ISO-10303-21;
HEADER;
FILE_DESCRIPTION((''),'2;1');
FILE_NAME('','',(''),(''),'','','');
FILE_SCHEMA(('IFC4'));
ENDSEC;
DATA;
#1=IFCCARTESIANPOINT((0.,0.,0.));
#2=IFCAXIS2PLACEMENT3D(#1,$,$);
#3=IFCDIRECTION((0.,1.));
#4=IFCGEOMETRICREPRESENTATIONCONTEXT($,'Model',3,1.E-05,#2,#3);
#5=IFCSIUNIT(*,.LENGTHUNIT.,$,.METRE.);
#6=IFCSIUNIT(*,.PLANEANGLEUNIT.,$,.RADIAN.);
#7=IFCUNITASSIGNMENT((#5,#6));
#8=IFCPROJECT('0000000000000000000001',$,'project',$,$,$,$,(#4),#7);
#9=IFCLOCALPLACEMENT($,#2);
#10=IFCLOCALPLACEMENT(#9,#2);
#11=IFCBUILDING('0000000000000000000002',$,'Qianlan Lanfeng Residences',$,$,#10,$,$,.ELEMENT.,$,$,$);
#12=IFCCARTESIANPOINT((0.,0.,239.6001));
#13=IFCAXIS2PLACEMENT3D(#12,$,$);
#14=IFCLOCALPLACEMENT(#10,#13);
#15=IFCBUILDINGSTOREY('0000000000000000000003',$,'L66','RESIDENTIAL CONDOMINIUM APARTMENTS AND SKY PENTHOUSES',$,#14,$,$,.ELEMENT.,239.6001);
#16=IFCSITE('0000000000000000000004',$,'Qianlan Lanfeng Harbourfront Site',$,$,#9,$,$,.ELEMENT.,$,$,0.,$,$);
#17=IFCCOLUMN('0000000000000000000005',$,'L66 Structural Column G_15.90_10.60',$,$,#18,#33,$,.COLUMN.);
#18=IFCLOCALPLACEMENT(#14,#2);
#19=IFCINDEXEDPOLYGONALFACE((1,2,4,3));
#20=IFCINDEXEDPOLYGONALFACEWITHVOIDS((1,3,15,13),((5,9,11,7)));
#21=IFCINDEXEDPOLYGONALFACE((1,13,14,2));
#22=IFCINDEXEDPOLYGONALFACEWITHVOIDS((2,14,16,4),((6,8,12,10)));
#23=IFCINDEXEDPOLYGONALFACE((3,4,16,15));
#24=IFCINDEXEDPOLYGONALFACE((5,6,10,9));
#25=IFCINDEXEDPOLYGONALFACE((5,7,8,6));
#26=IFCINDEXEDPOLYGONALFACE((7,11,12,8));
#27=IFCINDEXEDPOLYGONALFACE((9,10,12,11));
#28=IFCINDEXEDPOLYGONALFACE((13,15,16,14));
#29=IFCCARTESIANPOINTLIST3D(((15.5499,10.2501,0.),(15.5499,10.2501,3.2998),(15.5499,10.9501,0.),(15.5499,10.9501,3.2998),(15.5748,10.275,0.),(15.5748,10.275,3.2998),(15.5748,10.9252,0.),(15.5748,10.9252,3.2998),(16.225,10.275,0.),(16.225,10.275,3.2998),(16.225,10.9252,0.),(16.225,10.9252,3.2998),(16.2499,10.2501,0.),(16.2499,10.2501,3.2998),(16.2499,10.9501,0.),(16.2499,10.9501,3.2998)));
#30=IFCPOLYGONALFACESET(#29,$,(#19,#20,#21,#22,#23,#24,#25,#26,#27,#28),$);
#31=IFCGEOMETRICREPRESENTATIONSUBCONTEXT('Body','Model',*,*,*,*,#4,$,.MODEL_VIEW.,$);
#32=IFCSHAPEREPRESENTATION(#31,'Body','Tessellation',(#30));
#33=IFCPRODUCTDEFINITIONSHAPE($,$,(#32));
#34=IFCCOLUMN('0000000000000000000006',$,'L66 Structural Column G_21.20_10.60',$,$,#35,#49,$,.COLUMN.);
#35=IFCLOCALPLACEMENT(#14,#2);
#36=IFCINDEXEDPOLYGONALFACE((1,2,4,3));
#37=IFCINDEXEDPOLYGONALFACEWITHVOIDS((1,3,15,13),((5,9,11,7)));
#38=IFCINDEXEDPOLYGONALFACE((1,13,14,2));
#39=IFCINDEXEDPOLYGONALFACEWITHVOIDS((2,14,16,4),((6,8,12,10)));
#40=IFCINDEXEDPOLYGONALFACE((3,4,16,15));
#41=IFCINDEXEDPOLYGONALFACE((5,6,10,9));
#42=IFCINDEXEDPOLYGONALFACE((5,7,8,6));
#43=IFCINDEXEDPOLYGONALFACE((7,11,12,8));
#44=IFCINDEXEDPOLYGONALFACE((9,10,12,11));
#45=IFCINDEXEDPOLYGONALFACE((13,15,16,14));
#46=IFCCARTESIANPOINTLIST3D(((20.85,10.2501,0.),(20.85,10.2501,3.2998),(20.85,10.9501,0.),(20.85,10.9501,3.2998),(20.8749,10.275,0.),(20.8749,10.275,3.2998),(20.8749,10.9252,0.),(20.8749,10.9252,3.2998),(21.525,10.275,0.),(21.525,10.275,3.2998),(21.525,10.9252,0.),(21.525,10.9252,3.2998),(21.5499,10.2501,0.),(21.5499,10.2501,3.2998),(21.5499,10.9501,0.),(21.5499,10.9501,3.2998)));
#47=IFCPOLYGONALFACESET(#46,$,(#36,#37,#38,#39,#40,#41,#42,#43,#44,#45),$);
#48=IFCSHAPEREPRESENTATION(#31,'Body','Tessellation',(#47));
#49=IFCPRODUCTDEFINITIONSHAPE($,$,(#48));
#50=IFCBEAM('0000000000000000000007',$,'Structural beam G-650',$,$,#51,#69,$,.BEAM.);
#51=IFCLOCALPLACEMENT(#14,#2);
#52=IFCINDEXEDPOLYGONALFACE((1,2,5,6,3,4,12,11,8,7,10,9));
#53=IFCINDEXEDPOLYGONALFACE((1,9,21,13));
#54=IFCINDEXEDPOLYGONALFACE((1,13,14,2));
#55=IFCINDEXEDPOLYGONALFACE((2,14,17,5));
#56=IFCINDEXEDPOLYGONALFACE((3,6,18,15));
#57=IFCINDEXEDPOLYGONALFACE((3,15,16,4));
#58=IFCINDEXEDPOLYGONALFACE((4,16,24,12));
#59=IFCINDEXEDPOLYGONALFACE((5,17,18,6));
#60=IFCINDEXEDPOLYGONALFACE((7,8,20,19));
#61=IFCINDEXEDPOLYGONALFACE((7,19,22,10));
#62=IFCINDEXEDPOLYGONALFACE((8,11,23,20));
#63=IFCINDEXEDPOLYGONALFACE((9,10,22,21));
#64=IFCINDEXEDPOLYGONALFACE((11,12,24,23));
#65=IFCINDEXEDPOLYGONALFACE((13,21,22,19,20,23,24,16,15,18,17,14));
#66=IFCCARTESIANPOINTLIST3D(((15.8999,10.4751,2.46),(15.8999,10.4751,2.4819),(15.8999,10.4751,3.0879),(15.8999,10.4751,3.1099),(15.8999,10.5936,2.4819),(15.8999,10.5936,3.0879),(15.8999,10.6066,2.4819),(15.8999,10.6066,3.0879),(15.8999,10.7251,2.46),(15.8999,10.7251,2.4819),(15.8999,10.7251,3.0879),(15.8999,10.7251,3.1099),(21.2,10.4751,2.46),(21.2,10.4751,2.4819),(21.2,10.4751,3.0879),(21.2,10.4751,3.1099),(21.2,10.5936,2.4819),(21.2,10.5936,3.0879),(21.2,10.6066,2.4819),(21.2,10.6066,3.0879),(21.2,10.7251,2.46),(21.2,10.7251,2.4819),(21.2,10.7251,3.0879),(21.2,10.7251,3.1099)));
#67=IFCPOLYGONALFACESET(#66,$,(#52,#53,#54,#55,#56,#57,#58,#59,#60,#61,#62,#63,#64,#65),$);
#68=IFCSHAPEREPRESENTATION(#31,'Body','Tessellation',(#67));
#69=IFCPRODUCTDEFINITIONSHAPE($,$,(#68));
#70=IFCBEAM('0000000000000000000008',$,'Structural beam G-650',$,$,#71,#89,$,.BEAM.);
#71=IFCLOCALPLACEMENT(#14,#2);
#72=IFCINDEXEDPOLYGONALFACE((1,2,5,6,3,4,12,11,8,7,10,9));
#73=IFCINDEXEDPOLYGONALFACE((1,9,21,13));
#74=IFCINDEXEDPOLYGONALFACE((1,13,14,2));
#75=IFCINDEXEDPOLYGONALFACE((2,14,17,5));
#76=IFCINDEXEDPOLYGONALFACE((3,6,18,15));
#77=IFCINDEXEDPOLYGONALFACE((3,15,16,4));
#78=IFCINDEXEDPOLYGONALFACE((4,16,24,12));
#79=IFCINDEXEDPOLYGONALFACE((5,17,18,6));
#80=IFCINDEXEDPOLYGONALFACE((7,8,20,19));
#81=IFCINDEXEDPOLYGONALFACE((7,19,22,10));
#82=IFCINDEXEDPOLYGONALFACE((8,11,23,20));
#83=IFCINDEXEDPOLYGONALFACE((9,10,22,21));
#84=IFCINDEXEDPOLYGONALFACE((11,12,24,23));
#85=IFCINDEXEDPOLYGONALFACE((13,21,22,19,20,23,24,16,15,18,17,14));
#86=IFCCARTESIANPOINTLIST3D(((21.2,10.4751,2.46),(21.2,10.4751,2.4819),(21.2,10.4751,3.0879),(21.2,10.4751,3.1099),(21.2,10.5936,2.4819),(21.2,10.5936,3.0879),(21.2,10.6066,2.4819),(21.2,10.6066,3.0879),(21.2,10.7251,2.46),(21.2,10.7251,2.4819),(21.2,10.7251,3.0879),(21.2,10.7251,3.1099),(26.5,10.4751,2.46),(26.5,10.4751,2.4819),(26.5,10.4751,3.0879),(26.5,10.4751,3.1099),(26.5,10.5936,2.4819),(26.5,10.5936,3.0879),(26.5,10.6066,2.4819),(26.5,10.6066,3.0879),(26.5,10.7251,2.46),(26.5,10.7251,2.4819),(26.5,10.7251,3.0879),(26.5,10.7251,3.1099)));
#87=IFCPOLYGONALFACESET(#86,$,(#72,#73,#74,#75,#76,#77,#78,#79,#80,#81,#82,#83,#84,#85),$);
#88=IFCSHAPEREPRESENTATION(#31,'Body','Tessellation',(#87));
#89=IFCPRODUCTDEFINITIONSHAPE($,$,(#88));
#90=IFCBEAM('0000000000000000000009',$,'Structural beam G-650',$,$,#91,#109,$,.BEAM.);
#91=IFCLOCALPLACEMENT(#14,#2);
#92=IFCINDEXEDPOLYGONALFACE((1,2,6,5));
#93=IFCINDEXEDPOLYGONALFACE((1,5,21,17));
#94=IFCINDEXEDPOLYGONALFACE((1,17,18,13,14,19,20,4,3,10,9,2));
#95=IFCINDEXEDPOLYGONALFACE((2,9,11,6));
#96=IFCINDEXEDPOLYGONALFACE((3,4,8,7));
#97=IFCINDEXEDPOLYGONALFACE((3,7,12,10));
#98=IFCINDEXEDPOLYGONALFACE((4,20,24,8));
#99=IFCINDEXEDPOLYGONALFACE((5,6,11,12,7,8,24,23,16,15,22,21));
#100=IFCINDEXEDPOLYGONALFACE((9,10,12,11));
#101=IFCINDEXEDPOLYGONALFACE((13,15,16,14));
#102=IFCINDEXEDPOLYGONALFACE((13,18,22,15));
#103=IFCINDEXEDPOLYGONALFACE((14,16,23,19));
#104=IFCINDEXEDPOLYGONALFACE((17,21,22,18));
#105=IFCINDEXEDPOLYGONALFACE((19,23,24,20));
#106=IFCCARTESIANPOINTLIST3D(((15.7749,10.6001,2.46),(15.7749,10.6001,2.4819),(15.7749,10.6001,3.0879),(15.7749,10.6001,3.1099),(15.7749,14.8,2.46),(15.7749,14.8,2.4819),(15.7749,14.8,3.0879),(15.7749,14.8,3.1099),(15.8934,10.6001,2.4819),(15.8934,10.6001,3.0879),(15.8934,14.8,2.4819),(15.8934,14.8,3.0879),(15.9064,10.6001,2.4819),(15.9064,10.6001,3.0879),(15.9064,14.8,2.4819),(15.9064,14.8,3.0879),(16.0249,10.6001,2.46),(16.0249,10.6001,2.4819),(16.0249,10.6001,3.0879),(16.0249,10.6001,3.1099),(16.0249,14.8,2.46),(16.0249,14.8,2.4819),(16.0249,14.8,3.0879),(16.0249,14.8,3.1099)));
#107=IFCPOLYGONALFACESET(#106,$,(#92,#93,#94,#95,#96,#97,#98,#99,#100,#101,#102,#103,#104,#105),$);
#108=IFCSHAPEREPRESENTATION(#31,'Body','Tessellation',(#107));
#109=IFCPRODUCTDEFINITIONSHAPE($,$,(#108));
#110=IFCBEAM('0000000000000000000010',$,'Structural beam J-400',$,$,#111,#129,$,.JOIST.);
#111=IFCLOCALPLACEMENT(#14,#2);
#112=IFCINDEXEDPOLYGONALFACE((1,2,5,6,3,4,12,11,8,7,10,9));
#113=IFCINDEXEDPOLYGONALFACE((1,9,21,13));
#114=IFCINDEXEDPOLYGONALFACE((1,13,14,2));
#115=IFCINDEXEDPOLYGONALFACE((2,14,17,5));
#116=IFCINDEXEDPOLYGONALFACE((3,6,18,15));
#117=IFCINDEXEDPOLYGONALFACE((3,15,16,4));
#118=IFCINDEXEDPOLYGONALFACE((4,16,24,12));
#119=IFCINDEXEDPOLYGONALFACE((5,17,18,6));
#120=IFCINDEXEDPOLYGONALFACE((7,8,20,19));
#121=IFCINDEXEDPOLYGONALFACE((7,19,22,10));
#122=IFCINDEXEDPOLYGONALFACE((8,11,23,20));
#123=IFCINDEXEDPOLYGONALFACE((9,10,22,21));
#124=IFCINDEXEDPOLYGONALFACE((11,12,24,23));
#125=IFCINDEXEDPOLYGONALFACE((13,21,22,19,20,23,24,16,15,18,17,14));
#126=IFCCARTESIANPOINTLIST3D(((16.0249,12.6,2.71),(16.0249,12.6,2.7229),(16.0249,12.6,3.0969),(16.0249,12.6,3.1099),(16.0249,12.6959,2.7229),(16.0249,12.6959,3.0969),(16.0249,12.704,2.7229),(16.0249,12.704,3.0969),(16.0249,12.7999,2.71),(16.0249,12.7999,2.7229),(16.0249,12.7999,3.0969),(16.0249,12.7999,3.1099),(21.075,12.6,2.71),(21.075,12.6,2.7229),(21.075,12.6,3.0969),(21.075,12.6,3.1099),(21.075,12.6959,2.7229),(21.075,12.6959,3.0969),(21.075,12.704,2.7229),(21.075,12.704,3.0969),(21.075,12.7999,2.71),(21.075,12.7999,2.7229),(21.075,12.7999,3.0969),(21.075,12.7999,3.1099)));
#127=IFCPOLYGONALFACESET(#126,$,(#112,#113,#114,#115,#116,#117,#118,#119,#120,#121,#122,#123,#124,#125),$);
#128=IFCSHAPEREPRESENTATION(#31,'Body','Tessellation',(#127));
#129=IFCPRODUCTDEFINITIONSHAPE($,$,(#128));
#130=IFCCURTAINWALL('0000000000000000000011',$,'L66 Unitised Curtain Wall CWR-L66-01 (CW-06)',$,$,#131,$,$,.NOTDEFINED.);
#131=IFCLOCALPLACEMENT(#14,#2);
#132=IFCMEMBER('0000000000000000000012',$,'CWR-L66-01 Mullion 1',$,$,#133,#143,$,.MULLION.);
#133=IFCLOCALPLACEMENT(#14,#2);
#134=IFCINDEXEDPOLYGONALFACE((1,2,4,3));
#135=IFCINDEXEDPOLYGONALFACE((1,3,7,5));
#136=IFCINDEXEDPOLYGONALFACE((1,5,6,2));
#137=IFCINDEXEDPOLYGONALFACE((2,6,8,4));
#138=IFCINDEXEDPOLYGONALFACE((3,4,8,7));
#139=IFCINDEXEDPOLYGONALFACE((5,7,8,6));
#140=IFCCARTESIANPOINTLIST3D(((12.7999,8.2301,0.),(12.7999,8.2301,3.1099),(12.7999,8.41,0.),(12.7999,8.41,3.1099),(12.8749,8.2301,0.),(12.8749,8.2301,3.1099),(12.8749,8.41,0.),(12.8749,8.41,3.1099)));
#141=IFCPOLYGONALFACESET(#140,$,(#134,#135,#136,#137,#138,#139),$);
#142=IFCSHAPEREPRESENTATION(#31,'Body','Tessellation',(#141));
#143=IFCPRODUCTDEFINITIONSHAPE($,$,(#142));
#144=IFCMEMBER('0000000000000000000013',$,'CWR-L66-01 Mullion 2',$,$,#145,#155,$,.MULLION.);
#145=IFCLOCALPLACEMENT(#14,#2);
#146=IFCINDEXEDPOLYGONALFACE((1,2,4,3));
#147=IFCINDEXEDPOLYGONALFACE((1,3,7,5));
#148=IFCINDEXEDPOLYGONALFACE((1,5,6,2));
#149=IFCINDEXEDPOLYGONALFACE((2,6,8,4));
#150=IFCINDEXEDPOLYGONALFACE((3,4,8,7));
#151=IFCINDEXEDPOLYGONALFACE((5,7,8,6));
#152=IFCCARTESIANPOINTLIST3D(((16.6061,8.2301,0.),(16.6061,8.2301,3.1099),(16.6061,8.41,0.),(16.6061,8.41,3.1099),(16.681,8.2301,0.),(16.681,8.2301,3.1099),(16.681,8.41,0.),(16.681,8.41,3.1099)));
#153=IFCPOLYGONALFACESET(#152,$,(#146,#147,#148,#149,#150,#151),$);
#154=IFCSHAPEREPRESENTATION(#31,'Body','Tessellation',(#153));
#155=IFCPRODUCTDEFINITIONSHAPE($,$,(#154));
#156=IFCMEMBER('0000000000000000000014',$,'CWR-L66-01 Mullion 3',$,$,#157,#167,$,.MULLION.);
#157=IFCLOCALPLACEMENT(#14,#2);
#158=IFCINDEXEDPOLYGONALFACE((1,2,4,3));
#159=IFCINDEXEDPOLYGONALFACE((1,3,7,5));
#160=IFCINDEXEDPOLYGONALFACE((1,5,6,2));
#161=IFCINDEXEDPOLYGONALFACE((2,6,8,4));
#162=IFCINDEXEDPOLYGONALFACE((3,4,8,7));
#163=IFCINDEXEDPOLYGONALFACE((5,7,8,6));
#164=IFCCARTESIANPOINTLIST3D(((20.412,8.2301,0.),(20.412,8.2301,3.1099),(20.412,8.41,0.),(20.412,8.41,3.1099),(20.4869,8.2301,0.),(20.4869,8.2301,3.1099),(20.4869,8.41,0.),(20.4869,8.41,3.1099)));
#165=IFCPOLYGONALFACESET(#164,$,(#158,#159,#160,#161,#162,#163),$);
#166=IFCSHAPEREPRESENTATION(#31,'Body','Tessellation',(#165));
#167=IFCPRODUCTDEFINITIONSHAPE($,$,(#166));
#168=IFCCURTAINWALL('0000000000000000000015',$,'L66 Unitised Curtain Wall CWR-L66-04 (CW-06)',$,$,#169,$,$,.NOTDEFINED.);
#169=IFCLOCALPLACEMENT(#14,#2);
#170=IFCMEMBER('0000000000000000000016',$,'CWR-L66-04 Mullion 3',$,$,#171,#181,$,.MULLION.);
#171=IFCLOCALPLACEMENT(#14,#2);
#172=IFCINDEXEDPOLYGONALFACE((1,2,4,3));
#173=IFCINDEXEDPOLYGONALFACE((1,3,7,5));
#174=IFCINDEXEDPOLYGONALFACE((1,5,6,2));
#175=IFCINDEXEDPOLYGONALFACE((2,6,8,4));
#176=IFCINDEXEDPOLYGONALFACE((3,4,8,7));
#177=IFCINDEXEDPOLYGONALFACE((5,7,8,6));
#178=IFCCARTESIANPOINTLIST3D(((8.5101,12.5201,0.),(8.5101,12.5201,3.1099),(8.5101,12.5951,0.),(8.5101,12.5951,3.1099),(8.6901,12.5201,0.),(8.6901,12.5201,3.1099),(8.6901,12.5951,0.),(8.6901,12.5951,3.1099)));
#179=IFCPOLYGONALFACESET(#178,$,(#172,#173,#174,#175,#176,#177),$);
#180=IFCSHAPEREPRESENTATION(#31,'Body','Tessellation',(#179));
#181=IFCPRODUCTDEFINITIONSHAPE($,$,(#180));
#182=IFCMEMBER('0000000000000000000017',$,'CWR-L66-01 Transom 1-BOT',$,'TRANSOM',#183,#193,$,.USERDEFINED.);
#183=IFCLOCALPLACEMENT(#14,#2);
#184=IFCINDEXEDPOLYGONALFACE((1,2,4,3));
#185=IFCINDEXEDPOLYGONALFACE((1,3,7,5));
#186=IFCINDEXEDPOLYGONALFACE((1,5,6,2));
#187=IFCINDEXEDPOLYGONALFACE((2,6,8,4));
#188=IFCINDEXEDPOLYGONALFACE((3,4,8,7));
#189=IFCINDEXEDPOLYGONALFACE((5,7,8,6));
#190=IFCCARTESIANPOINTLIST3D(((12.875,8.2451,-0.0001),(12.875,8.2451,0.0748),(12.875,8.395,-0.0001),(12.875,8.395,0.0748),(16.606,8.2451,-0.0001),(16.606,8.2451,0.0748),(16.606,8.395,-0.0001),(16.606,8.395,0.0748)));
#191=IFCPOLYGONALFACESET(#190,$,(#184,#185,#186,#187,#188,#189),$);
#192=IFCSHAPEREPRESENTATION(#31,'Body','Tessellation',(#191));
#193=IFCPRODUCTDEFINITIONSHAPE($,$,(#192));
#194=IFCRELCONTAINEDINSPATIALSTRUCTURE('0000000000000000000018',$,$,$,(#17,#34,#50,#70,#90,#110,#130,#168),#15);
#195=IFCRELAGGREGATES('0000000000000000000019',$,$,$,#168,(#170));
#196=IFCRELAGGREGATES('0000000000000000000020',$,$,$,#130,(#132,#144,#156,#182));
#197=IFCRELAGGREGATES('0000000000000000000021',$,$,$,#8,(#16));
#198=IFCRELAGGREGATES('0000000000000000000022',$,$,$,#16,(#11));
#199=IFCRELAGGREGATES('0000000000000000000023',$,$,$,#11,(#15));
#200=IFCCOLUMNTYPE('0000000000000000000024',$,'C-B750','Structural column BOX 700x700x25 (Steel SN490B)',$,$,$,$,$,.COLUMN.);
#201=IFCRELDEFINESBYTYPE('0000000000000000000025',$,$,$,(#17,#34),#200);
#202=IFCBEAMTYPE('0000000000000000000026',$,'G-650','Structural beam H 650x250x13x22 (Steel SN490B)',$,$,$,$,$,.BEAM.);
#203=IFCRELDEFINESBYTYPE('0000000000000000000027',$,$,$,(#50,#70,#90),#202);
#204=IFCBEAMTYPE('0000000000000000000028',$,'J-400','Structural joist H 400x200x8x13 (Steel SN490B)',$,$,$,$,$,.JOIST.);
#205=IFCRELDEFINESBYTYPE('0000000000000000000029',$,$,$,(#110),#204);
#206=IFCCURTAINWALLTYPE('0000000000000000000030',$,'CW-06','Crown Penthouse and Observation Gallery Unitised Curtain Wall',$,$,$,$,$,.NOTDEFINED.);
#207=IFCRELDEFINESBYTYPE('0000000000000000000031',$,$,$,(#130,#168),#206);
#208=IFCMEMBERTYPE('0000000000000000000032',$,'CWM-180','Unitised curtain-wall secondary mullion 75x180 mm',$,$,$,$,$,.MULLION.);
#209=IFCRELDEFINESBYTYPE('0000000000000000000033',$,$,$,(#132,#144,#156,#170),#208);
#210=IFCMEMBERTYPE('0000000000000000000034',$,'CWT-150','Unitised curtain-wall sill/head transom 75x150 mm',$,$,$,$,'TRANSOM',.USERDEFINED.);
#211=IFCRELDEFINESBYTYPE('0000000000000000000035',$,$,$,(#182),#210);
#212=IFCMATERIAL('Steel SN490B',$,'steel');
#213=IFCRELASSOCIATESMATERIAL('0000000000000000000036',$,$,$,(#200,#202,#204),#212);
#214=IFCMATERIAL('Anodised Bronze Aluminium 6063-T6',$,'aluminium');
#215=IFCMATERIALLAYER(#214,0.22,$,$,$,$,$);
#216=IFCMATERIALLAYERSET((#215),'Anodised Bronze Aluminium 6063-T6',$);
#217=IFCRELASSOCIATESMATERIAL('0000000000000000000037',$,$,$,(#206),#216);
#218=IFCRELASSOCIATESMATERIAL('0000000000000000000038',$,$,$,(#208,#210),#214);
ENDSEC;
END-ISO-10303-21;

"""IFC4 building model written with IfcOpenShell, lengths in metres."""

from ifc_helpers import new_model, si_unit, direction, frame, origin, origin_2d, place, context, subcontext, project, spatial, rectangle, hollow_rectangle, i_section, extrude, source, transform, mapped, material, layer, layer_set, material_profile, profile_set, type_object, element, aggregate, save


model = new_model("IFC4")

# Units and contexts
model_context = context("Model", 3, precision=1e-05, world=origin(), true_north=direction((0.0, 1.0)))
body_context = subcontext(model_context, "Body", "Model", "MODEL_VIEW")
ifc_project = project(units=[si_unit("LENGTHUNIT", "METRE"), si_unit("PLANEANGLEUNIT", "RADIAN")], contexts=[model_context])

# Site, building, storey
site_placement = place(None, origin())
site = spatial("IfcSite", under=ifc_project, at=site_placement, Name="Qianlan Lanfeng Harbourfront Site", CompositionType="ELEMENT", RefElevation=0.0)
building_placement = place(site_placement, origin())
building = spatial("IfcBuilding", under=site, at=building_placement, Name="Qianlan Lanfeng Residences", CompositionType="ELEMENT")
storey_placement = place(building_placement, frame((0.0, 0.0, 239.6001)))
storey = spatial("IfcBuildingStorey", under=building, at=storey_placement, Name="L66", Description="RESIDENTIAL CONDOMINIUM APARTMENTS AND SKY PENTHOUSES", CompositionType="ELEMENT", Elevation=239.6001)

# Columns
ifc_material_1 = material(Name="Steel SN490B", Category="steel")
ifc_material_profile_1 = material_profile(ifc_material_1, hollow_rectangle(XDim=0.7, YDim=0.7, WallThickness=0.0249, at=origin_2d()), Name="BOX 700x700x25")
ifc_profile_set_1 = profile_set([ifc_material_profile_1], Name="Steel SN490B")
column_type = type_object("IfcColumnType", Name="C-B750", Description="Structural column BOX 700x700x25 (Steel SN490B)", PredefinedType="COLUMN", material=ifc_profile_set_1)
for number, where, z_axis, x_axis, name in (
    (1, (15.8999, 10.6001, 0.0), (0.0, 0.0, 1.0), (1.0, 0.0, 0.0), "L66 Structural Column G_15.90_10.60"),
    (2, (21.2, 10.6001, 0.0), (0.0, 0.0, 1.0), (1.0, 0.0, 0.0), "L66 Structural Column G_21.20_10.60"),
):
    element("IfcColumn", number, at=place(storey_placement, frame(where, z_axis=z_axis, x_axis=x_axis)), inside=storey, type_object=column_type, Name=name, PredefinedType="COLUMN", context=body_context, shape_type="SweptSolid", body=[
        extrude(hollow_rectangle(XDim=0.7, YDim=0.7, WallThickness=0.0249, at=origin_2d()), origin(), (0.0, 0.0, 1.0), 3.2998),
    ])

# Beams
ifc_material_profile_2 = material_profile(ifc_material_1, i_section(OverallWidth=0.25, OverallDepth=0.6499, WebThickness=0.0129, FlangeThickness=0.022, at=origin_2d()), Name="H 650x250x13x22")
ifc_profile_set_2 = profile_set([ifc_material_profile_2], Name="Steel SN490B")
beam_type_1 = type_object("IfcBeamType", Name="G-650", Description="Structural beam H 650x250x13x22 (Steel SN490B)", PredefinedType="BEAM", material=ifc_profile_set_2)
for number, where, z_axis, x_axis, name in (
    (3, (15.8999, 10.6001, 2.7849), (1.0, 0.0, 0.0), (0.0, 1.0, 0.0), "Structural beam G-650"),
    (4, (21.2, 10.6001, 2.7849), (1.0, 0.0, 0.0), (0.0, 1.0, 0.0), "Structural beam G-650"),
):
    element("IfcBeam", number, at=place(storey_placement, frame(where, z_axis=z_axis, x_axis=x_axis)), inside=storey, type_object=beam_type_1, Name=name, PredefinedType="BEAM", context=body_context, shape_type="SweptSolid", body=[
        extrude(i_section(OverallWidth=0.25, OverallDepth=0.6499, WebThickness=0.0129, FlangeThickness=0.022, at=origin_2d()), origin(), (0.0, 0.0, 1.0), 5.3),
    ])
beam_1_placement = place(storey_placement, frame((15.8999, 10.6001, 2.7849), z_axis=(0.0, 1.0, 0.0), x_axis=(-1.0, 0.0, 0.0)))
element("IfcBeam", 5, at=beam_1_placement, inside=storey, type_object=beam_type_1, Name="Structural beam G-650", PredefinedType="BEAM", context=body_context, shape_type="SweptSolid", body=[
    extrude(i_section(OverallWidth=0.25, OverallDepth=0.6499, WebThickness=0.0129, FlangeThickness=0.022, at=origin_2d()), origin(), (0.0, 0.0, 1.0), 4.2),
])
ifc_material_profile_3 = material_profile(ifc_material_1, i_section(OverallWidth=0.2, OverallDepth=0.3999, WebThickness=0.0081, FlangeThickness=0.0129, at=origin_2d()), Name="H 400x200x8x13")
ifc_profile_set_3 = profile_set([ifc_material_profile_3], Name="Steel SN490B")
beam_type_2 = type_object("IfcBeamType", Name="J-400", Description="Structural joist H 400x200x8x13 (Steel SN490B)", PredefinedType="JOIST", material=ifc_profile_set_3)
beam_2_placement = place(storey_placement, frame((16.0249, 12.7, 2.9099), z_axis=(1.0, 0.0, 0.0), x_axis=(0.0, 1.0, 0.0)))
element("IfcBeam", 6, at=beam_2_placement, inside=storey, type_object=beam_type_2, Name="Structural beam J-400", PredefinedType="JOIST", context=body_context, shape_type="SweptSolid", body=[
    extrude(i_section(OverallWidth=0.2, OverallDepth=0.3999, WebThickness=0.0081, FlangeThickness=0.0129, at=origin_2d()), origin(), (0.0, 0.0, 1.0), 5.05),
])

# Curtain wall, members
ifc_material_2 = material(Name="Anodised Bronze Aluminium 6063-T6", Category="aluminium")
ifc_layer_1 = layer(ifc_material_2, 0.22)
ifc_layer_set_1 = layer_set([ifc_layer_1], Name="Anodised Bronze Aluminium 6063-T6")
curtain_wall_type = type_object("IfcCurtainWallType", Name="CW-06", Description="Crown Penthouse and Observation Gallery Unitised Curtain Wall", PredefinedType="NOTDEFINED", material=ifc_layer_set_1)
curtain_wall_1_placement = place(storey_placement, origin())
curtain_wall_1 = element("IfcCurtainWall", 7, at=curtain_wall_1_placement, inside=storey, type_object=curtain_wall_type, Name="L66 Unitised Curtain Wall CWR-L66-01 (CW-06)", PredefinedType="NOTDEFINED")
ifc_material_profile_4 = material_profile(ifc_material_2, rectangle(XDim=0.075, YDim=0.1799, at=origin_2d()), Name="ALU MULLION 75x180")
ifc_profile_set_4 = profile_set([ifc_material_profile_4], Name="Anodised Bronze Aluminium 6063-T6")
member_type_1 = type_object("IfcMemberType", Name="CWM-180", Description="Unitised curtain-wall secondary mullion 75x180 mm", PredefinedType="MULLION", material=ifc_profile_set_4)
shared_shape_1 = source(origin(), body_context, "Body", "SweptSolid", [
    extrude(rectangle(XDim=0.075, YDim=0.1799, at=origin_2d()), origin(), (0.0, 0.0, 1.0), 3.1099),
])
member_1_placement = place(storey_placement, frame((12.8374, 8.3201, 0.0), z_axis=(0.0, 0.0, 1.0), x_axis=(1.0, 0.0, 0.0)))
member_1 = element("IfcMember", 8, at=member_1_placement, type_object=member_type_1, Name="CWR-L66-01 Mullion 1", PredefinedType="MULLION", context=body_context, shape_type="MappedRepresentation", body=[
    mapped(shared_shape_1, transform((0.0, 0.0, 0.0), scale=1.0)),
])
member_2_placement = place(storey_placement, frame((16.6436, 8.3201, 0.0), z_axis=(0.0, 0.0, 1.0), x_axis=(1.0, 0.0, 0.0)))
member_2 = element("IfcMember", 9, at=member_2_placement, type_object=member_type_1, Name="CWR-L66-01 Mullion 2", PredefinedType="MULLION", context=body_context, shape_type="MappedRepresentation", body=[
    mapped(shared_shape_1, transform((0.0, 0.0, 0.0), scale=1.0)),
])
member_3_placement = place(storey_placement, frame((20.4495, 8.3201, 0.0), z_axis=(0.0, 0.0, 1.0), x_axis=(1.0, 0.0, 0.0)))
member_3 = element("IfcMember", 10, at=member_3_placement, type_object=member_type_1, Name="CWR-L66-01 Mullion 3", PredefinedType="MULLION", context=body_context, shape_type="MappedRepresentation", body=[
    mapped(shared_shape_1, transform((0.0, 0.0, 0.0), scale=1.0)),
])

# Curtain wall, member
curtain_wall_2_placement = place(storey_placement, origin())
curtain_wall_2 = element("IfcCurtainWall", 11, at=curtain_wall_2_placement, inside=storey, type_object=curtain_wall_type, Name="L66 Unitised Curtain Wall CWR-L66-04 (CW-06)", PredefinedType="NOTDEFINED")
member_4_placement = place(storey_placement, frame((8.6001, 12.5576, 0.0), z_axis=(0.0, 0.0, 1.0), x_axis=(0.0, -1.0, 0.0)))
member_4 = element("IfcMember", 12, at=member_4_placement, type_object=member_type_1, Name="CWR-L66-04 Mullion 3", PredefinedType="MULLION", context=body_context, shape_type="MappedRepresentation", body=[
    mapped(shared_shape_1, transform((0.0, 0.0, 0.0), scale=1.0)),
])
aggregate(curtain_wall_2, [member_4])

# Member
ifc_material_profile_5 = material_profile(ifc_material_2, rectangle(XDim=0.075, YDim=0.1499, at=origin_2d()), Name="ALU TRANSOM 75x150")
ifc_profile_set_5 = profile_set([ifc_material_profile_5], Name="Anodised Bronze Aluminium 6063-T6")
member_type_2 = type_object("IfcMemberType", Name="CWT-150", Description="Unitised curtain-wall sill/head transom 75x150 mm", ElementType="TRANSOM", PredefinedType="USERDEFINED", material=ifc_profile_set_5)
shared_shape_2 = source(origin(), body_context, "Body", "SweptSolid", [
    extrude(rectangle(XDim=0.075, YDim=0.1499, at=origin_2d()), origin(), (0.0, 0.0, 1.0), 3.731),
])
member_5_placement = place(storey_placement, frame((12.875, 8.3201, 0.0374), z_axis=(1.0, 0.0, 0.0), x_axis=(0.0, 0.0, 1.0)))
member_5 = element("IfcMember", 13, at=member_5_placement, type_object=member_type_2, Name="CWR-L66-01 Transom 1-BOT", ObjectType="TRANSOM", PredefinedType="USERDEFINED", context=body_context, shape_type="MappedRepresentation", body=[
    mapped(shared_shape_2, transform((0.0, 0.0, 0.0), scale=1.0)),
])

aggregate(curtain_wall_1, [member_1, member_2, member_3, member_5])

save(model, "model.ifc")
